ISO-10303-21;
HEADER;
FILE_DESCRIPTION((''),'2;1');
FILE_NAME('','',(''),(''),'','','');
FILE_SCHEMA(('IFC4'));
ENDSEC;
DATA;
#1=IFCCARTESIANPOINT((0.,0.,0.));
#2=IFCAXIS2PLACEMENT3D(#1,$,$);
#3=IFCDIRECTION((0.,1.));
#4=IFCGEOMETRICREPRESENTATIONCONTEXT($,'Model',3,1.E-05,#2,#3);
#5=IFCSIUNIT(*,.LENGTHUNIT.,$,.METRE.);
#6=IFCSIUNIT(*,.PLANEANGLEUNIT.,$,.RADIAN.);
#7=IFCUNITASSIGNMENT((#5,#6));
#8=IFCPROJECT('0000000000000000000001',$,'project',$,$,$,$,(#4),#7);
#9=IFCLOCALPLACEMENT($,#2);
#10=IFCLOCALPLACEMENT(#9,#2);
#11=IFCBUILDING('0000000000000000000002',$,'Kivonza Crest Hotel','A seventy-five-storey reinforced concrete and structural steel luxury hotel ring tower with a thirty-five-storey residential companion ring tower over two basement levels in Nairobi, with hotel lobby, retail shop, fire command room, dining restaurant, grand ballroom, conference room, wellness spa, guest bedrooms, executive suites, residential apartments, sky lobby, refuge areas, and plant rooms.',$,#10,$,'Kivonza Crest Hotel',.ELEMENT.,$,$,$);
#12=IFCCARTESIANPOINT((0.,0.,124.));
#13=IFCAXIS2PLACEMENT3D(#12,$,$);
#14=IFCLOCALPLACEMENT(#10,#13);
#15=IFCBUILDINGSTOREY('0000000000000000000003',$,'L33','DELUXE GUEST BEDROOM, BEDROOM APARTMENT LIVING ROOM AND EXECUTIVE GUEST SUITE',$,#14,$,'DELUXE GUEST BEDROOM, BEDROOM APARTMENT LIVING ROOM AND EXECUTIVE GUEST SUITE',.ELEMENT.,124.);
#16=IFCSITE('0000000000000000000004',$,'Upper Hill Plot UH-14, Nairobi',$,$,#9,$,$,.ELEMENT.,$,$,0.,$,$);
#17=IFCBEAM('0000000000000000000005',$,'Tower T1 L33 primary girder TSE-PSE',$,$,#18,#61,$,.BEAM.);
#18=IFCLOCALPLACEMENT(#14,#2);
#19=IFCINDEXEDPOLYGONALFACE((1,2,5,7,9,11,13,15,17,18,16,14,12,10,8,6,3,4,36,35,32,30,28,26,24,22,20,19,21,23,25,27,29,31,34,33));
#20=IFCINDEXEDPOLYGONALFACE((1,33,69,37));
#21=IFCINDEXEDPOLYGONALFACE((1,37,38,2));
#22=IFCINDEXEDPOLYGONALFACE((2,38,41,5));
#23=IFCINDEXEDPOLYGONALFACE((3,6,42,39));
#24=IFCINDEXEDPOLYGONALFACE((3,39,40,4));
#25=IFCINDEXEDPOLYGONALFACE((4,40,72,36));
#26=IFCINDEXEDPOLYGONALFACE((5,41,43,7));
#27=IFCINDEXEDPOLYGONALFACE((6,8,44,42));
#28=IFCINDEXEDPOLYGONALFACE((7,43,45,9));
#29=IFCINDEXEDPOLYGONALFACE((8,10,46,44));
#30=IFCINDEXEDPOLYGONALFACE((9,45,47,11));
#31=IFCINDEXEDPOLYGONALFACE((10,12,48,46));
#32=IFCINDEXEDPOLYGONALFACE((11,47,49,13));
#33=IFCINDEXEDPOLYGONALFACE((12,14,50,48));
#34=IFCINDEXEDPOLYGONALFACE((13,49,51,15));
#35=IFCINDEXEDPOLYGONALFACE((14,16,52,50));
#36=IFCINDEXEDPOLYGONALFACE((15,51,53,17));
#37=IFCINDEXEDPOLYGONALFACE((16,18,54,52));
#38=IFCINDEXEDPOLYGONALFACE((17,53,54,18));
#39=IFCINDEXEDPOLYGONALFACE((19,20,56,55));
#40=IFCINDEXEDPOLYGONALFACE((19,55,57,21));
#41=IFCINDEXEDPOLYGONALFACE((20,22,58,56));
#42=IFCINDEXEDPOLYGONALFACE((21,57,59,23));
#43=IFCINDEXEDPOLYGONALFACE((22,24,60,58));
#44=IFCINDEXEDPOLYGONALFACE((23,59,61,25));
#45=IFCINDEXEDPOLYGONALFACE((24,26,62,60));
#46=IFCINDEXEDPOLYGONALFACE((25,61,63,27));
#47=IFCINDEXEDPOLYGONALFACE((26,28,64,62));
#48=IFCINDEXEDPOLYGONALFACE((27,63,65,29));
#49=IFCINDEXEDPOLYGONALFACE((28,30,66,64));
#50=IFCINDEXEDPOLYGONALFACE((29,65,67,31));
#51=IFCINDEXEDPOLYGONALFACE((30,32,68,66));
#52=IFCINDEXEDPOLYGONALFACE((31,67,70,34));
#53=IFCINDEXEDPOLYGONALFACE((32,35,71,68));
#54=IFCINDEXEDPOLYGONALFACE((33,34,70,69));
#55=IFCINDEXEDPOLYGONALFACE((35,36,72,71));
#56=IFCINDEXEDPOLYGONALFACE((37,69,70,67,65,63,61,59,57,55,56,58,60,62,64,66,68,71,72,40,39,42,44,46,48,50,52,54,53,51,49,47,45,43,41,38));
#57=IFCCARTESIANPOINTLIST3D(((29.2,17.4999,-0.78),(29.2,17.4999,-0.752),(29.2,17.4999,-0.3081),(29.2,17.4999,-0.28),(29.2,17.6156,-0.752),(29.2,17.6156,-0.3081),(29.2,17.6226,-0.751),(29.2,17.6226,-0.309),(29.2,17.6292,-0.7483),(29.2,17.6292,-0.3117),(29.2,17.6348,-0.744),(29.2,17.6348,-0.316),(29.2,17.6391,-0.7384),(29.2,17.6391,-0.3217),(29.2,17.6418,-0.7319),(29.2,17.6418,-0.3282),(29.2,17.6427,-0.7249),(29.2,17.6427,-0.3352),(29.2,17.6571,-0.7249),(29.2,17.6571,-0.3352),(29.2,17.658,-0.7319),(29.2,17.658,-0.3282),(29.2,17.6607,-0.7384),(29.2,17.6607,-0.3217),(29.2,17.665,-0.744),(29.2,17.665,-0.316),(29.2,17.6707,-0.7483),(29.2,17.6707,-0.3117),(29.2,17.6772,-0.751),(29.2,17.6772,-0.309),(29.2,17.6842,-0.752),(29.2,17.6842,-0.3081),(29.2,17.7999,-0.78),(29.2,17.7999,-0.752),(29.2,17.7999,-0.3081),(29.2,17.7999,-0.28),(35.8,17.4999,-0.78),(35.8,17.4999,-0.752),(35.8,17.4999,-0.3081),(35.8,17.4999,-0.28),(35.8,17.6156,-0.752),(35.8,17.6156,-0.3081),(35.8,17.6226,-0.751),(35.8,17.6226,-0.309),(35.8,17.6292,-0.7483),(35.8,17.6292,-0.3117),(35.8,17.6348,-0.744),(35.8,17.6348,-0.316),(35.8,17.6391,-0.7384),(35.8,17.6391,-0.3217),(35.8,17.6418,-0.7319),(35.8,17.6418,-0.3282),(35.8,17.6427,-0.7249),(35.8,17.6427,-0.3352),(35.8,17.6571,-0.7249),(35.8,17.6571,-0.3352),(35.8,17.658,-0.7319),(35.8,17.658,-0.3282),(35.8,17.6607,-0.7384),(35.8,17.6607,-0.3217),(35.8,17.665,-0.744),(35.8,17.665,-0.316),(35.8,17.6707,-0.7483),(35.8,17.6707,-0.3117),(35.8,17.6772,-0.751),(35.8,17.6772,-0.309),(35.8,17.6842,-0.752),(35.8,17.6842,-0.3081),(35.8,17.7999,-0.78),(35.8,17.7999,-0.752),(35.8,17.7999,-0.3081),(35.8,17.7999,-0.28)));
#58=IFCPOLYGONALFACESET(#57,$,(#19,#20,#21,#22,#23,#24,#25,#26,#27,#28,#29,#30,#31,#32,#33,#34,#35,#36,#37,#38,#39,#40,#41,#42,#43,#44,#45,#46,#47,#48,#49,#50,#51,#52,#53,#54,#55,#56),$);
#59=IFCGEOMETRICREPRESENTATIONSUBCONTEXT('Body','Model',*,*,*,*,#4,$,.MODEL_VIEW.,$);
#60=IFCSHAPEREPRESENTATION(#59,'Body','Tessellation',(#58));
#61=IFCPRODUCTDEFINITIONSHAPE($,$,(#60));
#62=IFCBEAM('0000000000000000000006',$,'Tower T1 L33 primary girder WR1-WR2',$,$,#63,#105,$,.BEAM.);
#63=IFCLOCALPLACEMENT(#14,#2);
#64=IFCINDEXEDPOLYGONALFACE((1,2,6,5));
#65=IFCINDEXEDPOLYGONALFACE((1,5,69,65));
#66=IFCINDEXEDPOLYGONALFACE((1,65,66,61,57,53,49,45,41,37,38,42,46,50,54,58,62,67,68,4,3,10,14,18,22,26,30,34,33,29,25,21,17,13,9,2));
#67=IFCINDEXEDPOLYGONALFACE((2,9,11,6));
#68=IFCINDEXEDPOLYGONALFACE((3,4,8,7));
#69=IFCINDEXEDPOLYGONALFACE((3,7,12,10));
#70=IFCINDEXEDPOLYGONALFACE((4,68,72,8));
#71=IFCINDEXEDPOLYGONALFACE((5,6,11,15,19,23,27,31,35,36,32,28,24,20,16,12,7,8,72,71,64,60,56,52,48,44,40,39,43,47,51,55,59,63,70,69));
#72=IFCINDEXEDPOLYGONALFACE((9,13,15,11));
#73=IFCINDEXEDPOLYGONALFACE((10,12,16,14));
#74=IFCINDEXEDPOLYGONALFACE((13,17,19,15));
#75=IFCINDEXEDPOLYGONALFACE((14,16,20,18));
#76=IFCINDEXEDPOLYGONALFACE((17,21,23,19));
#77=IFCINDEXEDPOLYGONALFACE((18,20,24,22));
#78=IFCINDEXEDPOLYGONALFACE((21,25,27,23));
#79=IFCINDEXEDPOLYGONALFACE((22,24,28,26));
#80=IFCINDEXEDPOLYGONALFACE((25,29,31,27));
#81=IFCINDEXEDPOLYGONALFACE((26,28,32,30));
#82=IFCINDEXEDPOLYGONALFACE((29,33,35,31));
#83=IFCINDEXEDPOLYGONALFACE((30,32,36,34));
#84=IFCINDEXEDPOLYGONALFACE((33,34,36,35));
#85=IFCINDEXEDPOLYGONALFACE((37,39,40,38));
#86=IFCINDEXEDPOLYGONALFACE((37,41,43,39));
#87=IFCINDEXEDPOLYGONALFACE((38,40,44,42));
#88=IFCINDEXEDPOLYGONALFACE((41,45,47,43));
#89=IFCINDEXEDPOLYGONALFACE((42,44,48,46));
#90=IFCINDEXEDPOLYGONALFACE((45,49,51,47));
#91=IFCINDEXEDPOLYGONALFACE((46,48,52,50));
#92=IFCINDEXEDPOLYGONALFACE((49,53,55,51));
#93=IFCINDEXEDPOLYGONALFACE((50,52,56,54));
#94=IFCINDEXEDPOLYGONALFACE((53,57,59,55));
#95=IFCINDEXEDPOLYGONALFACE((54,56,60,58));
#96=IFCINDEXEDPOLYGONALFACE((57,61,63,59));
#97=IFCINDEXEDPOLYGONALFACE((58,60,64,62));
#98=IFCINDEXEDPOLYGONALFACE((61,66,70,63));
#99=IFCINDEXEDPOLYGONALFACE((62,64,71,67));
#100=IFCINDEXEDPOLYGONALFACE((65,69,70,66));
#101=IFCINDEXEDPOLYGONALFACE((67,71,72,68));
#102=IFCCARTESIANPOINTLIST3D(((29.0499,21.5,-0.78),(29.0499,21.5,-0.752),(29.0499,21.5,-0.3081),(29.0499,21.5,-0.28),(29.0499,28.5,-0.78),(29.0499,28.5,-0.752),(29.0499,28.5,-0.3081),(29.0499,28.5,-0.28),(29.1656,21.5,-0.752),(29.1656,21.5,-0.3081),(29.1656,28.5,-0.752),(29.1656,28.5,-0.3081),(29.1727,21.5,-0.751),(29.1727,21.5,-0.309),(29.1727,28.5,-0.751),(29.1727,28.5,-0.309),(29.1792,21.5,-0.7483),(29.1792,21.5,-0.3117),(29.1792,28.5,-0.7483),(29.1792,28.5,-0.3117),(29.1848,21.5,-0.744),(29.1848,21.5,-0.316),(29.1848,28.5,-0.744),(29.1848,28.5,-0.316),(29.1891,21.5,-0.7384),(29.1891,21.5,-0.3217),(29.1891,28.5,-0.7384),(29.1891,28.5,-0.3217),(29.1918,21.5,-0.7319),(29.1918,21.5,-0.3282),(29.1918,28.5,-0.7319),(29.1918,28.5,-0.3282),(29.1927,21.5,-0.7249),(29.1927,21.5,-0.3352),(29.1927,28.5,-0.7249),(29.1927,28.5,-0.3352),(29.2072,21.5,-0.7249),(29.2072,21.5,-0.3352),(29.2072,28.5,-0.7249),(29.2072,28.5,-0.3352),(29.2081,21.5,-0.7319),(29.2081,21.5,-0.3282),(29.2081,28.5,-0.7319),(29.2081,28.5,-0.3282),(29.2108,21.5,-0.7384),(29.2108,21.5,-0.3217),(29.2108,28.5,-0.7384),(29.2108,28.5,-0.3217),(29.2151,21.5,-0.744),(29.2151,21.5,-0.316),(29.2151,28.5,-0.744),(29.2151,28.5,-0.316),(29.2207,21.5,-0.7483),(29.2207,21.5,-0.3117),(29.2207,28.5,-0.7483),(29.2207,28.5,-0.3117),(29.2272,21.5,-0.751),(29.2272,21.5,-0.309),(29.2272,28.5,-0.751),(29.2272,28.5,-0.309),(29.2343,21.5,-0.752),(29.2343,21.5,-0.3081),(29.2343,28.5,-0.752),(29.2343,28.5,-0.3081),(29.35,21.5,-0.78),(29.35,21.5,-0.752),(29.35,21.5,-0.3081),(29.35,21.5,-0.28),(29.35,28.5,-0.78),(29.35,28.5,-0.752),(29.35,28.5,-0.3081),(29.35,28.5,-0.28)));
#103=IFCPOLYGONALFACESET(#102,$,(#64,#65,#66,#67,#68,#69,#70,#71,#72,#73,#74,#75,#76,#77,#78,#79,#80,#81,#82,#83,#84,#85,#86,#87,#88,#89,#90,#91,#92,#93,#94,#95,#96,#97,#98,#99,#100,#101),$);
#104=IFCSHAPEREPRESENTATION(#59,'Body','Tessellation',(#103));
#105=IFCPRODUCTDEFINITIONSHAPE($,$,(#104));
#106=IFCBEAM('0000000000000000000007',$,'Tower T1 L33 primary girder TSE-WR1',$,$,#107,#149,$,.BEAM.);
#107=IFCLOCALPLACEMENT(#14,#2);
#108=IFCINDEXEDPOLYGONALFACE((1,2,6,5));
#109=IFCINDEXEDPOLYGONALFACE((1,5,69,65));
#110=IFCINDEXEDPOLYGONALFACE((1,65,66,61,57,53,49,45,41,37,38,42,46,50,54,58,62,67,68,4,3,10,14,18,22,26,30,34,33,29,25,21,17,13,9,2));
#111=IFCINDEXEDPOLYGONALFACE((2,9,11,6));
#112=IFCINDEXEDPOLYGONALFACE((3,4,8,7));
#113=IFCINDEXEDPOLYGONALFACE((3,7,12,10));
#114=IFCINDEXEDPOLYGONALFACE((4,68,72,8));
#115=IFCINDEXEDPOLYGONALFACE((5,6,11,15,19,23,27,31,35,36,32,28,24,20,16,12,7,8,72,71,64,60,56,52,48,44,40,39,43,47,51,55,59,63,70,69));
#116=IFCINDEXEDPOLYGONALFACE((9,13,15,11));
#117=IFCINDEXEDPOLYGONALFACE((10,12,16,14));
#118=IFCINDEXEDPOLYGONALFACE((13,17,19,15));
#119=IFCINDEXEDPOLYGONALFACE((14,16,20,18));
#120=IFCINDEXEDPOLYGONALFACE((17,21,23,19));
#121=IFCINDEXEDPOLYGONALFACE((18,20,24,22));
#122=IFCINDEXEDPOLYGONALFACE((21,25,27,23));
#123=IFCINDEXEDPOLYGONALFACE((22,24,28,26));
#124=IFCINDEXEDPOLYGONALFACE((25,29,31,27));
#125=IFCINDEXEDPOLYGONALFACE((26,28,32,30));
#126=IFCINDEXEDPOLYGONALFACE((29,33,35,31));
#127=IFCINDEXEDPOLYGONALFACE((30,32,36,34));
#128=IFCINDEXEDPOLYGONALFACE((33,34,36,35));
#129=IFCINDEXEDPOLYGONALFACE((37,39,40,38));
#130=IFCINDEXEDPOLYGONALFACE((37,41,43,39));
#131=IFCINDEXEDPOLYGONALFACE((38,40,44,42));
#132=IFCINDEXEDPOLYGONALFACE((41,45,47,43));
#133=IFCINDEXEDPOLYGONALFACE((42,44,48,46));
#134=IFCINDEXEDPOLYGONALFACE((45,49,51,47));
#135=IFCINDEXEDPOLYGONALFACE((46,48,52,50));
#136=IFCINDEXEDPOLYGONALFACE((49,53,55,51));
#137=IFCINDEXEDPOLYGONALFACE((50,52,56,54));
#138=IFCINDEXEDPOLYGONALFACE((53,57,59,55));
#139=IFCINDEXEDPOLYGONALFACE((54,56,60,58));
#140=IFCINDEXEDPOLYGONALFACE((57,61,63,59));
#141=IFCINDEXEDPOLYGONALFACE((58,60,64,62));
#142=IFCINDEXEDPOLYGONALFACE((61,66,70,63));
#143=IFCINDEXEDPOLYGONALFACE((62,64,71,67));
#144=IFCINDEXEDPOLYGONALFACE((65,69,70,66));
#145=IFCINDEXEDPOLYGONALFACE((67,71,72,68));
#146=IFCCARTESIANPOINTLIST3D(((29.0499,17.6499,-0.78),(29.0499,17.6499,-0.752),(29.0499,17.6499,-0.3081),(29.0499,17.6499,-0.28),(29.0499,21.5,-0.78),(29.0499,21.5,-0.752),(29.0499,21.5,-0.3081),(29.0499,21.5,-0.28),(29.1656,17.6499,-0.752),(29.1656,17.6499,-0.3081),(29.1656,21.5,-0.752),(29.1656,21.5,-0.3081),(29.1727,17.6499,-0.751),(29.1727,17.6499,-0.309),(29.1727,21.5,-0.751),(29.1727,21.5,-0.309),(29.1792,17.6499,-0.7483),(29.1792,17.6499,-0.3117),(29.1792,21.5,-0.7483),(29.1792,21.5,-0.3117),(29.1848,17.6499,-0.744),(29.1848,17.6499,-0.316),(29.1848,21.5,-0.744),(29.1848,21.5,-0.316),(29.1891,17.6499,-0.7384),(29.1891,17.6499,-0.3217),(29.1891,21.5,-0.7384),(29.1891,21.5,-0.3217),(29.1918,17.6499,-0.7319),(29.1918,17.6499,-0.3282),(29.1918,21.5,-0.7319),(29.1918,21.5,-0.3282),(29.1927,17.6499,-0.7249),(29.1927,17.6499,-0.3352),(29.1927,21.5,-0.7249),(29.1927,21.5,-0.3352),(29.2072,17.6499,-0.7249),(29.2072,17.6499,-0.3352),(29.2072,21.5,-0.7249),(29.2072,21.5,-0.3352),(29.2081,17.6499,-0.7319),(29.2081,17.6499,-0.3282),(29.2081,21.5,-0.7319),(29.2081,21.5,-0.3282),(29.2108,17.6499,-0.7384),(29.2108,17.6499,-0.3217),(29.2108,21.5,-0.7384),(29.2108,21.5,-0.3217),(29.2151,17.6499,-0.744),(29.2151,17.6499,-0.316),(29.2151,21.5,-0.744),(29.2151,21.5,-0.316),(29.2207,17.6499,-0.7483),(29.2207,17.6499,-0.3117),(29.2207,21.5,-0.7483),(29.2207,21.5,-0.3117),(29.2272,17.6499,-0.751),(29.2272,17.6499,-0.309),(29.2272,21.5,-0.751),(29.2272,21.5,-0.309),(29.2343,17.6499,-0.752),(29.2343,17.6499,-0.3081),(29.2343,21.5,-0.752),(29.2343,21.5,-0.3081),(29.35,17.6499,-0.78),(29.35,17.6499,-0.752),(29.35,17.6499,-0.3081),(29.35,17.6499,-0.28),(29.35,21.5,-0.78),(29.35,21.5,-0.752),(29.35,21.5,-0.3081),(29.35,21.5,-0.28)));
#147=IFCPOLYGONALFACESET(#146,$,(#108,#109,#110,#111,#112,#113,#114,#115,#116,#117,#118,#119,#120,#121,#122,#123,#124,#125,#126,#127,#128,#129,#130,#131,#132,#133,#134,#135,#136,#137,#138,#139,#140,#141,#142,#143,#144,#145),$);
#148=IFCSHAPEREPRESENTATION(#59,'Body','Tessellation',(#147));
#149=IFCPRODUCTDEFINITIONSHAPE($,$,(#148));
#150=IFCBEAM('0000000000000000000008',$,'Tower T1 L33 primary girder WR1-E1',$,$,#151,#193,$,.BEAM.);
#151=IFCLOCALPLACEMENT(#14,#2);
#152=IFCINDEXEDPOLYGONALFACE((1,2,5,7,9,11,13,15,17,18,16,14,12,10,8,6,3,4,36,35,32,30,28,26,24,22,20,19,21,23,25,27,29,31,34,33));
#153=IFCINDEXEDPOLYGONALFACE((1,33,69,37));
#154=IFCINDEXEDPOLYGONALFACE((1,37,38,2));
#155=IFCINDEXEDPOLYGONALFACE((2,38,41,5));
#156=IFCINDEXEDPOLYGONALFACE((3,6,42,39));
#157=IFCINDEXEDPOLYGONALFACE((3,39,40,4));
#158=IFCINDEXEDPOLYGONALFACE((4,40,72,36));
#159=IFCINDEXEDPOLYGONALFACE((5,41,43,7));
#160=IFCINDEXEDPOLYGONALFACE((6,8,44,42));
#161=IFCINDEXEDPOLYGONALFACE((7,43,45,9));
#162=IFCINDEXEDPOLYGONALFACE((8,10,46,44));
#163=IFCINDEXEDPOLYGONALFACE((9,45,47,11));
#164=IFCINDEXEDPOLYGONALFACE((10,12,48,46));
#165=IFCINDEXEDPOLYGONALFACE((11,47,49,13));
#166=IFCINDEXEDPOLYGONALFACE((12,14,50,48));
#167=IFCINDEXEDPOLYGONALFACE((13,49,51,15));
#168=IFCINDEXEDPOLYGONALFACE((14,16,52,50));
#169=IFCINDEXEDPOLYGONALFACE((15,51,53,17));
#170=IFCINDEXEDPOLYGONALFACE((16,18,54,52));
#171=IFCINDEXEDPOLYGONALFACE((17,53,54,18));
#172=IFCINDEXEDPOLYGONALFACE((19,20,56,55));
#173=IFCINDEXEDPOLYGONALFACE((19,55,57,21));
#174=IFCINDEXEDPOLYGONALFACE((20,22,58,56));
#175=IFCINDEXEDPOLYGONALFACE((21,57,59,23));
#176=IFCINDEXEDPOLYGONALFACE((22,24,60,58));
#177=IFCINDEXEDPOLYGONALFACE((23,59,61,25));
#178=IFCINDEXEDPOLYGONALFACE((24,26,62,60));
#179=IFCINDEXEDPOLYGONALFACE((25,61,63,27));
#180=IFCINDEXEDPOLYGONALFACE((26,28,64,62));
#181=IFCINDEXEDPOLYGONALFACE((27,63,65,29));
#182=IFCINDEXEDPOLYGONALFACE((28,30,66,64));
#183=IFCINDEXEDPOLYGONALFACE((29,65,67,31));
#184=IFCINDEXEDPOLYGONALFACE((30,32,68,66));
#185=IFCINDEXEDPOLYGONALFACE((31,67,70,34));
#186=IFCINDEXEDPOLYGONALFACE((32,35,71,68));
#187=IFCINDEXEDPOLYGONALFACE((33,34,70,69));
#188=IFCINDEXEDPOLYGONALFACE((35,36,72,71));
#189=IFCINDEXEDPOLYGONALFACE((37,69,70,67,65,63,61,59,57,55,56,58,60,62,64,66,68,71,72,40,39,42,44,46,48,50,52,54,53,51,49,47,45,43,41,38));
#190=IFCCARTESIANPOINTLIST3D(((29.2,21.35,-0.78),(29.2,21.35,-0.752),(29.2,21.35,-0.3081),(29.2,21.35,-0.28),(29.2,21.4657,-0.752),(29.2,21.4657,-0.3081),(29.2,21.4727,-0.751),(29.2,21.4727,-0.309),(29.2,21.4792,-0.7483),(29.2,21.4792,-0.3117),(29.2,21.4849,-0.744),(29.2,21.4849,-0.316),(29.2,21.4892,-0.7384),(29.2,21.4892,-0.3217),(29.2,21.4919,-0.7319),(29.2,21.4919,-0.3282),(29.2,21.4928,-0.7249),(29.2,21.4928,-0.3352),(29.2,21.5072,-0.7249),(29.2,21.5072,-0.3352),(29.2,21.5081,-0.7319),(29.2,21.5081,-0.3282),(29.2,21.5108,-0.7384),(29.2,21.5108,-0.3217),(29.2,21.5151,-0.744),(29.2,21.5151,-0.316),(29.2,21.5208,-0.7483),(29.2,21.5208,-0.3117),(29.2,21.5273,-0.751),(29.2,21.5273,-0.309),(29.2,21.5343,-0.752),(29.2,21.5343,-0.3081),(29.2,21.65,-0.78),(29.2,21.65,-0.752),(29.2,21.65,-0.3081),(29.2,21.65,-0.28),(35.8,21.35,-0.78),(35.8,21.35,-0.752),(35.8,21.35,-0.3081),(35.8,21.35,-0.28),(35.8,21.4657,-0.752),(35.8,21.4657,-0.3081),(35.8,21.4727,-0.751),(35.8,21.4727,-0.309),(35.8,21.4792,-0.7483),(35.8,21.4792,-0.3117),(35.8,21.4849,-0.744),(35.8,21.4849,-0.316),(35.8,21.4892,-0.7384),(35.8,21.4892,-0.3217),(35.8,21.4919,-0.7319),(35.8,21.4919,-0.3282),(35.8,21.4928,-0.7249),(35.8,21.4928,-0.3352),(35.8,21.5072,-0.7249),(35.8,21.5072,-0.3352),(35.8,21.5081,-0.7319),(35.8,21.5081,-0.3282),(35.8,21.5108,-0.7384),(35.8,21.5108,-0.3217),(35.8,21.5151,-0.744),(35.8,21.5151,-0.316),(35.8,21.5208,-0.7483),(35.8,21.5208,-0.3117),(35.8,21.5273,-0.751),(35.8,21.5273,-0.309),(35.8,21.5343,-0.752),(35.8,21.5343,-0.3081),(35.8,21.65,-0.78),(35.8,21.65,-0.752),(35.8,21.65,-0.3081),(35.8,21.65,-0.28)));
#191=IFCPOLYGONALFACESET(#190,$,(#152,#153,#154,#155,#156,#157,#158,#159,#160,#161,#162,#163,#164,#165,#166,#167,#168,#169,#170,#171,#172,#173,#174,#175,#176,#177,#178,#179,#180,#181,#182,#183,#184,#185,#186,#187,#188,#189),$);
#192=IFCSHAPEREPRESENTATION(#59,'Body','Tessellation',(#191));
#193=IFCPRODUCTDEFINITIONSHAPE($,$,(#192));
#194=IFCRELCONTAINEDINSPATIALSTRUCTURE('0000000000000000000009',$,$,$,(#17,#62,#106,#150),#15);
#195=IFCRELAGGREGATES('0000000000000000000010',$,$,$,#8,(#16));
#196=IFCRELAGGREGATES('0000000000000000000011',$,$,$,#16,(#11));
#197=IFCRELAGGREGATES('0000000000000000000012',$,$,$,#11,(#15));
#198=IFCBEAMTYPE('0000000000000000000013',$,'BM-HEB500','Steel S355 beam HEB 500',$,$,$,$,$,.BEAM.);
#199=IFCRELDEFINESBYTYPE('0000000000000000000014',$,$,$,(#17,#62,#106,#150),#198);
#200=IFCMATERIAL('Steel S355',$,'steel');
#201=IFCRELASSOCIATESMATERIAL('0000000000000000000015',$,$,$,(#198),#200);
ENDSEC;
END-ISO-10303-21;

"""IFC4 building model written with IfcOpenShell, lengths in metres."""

from ifc_helpers import new_model, si_unit, direction, frame, origin, origin_2d, place, context, subcontext, project, spatial, i_section, extrude, material, material_profile, profile_set, type_object, element, save


model = new_model("IFC4")

# Units and contexts
model_context = context("Model", 3, precision=1e-05, world=origin(), true_north=direction((0.0, 1.0)))
body_context = subcontext(model_context, "Body", "Model", "MODEL_VIEW")
ifc_project = project(units=[si_unit("LENGTHUNIT", "METRE"), si_unit("PLANEANGLEUNIT", "RADIAN")], contexts=[model_context])

# Site, building, storey
site_placement = place(None, origin())
site = spatial("IfcSite", under=ifc_project, at=site_placement, Name="Upper Hill Plot UH-14, Nairobi", CompositionType="ELEMENT", RefElevation=0.0)
building_placement = place(site_placement, origin())
building = spatial("IfcBuilding", under=site, at=building_placement, Name="Kivonza Crest Hotel", Description="A seventy-five-storey reinforced concrete and structural steel luxury hotel ring tower with a thirty-five-storey residential companion ring tower over two basement levels in Nairobi, with hotel lobby, retail shop, fire command room, dining restaurant, grand ballroom, conference room, wellness spa, guest bedrooms, executive suites, residential apartments, sky lobby, refuge areas, and plant rooms.", LongName="Kivonza Crest Hotel", CompositionType="ELEMENT")
storey_placement = place(building_placement, frame((0.0, 0.0, 124.0)))
storey = spatial("IfcBuildingStorey", under=building, at=storey_placement, Name="L33", Description="DELUXE GUEST BEDROOM, BEDROOM APARTMENT LIVING ROOM AND EXECUTIVE GUEST SUITE", LongName="DELUXE GUEST BEDROOM, BEDROOM APARTMENT LIVING ROOM AND EXECUTIVE GUEST SUITE", CompositionType="ELEMENT", Elevation=124.0)

# Beams
ifc_material_1 = material(Name="Steel S355", Category="steel")
ifc_material_profile_1 = material_profile(ifc_material_1, i_section(OverallWidth=0.3, OverallDepth=0.5, WebThickness=0.0144, FlangeThickness=0.0281, FilletRadius=0.0271, at=origin_2d()), Name="HEB 500")
ifc_profile_set_1 = profile_set([ifc_material_profile_1], Name="Steel S355")
beam_type_1 = type_object("IfcBeamType", Name="BM-HEB500", Description="Steel S355 beam HEB 500", PredefinedType="BEAM", material=ifc_profile_set_1)
beam_1_placement = place(storey_placement, frame((29.2, 17.6499, -0.53), z_axis=(1.0, 0.0, 0.0), x_axis=(0.0, 1.0, 0.0)))
element("IfcBeam", 1, at=beam_1_placement, inside=storey, type_object=beam_type_1, Name="Tower T1 L33 primary girder TSE-PSE", PredefinedType="BEAM", context=body_context, shape_type="SweptSolid", body=[
    extrude(i_section(OverallWidth=0.3, OverallDepth=0.5, WebThickness=0.0144, FlangeThickness=0.0281, FilletRadius=0.0271, at=origin_2d()), origin(), (0.0, 0.0, 1.0), 6.6001),
])
beam_2_placement = place(storey_placement, frame((29.2, 21.5, -0.53), z_axis=(0.0, 1.0, 0.0), x_axis=(-1.0, 0.0, 0.0)))
element("IfcBeam", 2, at=beam_2_placement, inside=storey, type_object=beam_type_1, Name="Tower T1 L33 primary girder WR1-WR2", PredefinedType="BEAM", context=body_context, shape_type="SweptSolid", body=[
    extrude(i_section(OverallWidth=0.3, OverallDepth=0.5, WebThickness=0.0144, FlangeThickness=0.0281, FilletRadius=0.0271, at=origin_2d()), origin(), (0.0, 0.0, 1.0), 7.0),
])
beam_3_placement = place(storey_placement, frame((29.2, 17.6499, -0.53), z_axis=(0.0, 1.0, 0.0), x_axis=(-1.0, 0.0, 0.0)))
element("IfcBeam", 3, at=beam_3_placement, inside=storey, type_object=beam_type_1, Name="Tower T1 L33 primary girder TSE-WR1", PredefinedType="BEAM", context=body_context, shape_type="SweptSolid", body=[
    extrude(i_section(OverallWidth=0.3, OverallDepth=0.5, WebThickness=0.0144, FlangeThickness=0.0281, FilletRadius=0.0271, at=origin_2d()), origin(), (0.0, 0.0, 1.0), 3.8501),
])
beam_4_placement = place(storey_placement, frame((29.2, 21.5, -0.53), z_axis=(1.0, 0.0, 0.0), x_axis=(0.0, 1.0, 0.0)))
element("IfcBeam", 4, at=beam_4_placement, inside=storey, type_object=beam_type_1, Name="Tower T1 L33 primary girder WR1-E1", PredefinedType="BEAM", context=body_context, shape_type="SweptSolid", body=[
    extrude(i_section(OverallWidth=0.3, OverallDepth=0.5, WebThickness=0.0144, FlangeThickness=0.0281, FilletRadius=0.0271, at=origin_2d()), origin(), (0.0, 0.0, 1.0), 6.6001),
])

save(model, "model.ifc")
